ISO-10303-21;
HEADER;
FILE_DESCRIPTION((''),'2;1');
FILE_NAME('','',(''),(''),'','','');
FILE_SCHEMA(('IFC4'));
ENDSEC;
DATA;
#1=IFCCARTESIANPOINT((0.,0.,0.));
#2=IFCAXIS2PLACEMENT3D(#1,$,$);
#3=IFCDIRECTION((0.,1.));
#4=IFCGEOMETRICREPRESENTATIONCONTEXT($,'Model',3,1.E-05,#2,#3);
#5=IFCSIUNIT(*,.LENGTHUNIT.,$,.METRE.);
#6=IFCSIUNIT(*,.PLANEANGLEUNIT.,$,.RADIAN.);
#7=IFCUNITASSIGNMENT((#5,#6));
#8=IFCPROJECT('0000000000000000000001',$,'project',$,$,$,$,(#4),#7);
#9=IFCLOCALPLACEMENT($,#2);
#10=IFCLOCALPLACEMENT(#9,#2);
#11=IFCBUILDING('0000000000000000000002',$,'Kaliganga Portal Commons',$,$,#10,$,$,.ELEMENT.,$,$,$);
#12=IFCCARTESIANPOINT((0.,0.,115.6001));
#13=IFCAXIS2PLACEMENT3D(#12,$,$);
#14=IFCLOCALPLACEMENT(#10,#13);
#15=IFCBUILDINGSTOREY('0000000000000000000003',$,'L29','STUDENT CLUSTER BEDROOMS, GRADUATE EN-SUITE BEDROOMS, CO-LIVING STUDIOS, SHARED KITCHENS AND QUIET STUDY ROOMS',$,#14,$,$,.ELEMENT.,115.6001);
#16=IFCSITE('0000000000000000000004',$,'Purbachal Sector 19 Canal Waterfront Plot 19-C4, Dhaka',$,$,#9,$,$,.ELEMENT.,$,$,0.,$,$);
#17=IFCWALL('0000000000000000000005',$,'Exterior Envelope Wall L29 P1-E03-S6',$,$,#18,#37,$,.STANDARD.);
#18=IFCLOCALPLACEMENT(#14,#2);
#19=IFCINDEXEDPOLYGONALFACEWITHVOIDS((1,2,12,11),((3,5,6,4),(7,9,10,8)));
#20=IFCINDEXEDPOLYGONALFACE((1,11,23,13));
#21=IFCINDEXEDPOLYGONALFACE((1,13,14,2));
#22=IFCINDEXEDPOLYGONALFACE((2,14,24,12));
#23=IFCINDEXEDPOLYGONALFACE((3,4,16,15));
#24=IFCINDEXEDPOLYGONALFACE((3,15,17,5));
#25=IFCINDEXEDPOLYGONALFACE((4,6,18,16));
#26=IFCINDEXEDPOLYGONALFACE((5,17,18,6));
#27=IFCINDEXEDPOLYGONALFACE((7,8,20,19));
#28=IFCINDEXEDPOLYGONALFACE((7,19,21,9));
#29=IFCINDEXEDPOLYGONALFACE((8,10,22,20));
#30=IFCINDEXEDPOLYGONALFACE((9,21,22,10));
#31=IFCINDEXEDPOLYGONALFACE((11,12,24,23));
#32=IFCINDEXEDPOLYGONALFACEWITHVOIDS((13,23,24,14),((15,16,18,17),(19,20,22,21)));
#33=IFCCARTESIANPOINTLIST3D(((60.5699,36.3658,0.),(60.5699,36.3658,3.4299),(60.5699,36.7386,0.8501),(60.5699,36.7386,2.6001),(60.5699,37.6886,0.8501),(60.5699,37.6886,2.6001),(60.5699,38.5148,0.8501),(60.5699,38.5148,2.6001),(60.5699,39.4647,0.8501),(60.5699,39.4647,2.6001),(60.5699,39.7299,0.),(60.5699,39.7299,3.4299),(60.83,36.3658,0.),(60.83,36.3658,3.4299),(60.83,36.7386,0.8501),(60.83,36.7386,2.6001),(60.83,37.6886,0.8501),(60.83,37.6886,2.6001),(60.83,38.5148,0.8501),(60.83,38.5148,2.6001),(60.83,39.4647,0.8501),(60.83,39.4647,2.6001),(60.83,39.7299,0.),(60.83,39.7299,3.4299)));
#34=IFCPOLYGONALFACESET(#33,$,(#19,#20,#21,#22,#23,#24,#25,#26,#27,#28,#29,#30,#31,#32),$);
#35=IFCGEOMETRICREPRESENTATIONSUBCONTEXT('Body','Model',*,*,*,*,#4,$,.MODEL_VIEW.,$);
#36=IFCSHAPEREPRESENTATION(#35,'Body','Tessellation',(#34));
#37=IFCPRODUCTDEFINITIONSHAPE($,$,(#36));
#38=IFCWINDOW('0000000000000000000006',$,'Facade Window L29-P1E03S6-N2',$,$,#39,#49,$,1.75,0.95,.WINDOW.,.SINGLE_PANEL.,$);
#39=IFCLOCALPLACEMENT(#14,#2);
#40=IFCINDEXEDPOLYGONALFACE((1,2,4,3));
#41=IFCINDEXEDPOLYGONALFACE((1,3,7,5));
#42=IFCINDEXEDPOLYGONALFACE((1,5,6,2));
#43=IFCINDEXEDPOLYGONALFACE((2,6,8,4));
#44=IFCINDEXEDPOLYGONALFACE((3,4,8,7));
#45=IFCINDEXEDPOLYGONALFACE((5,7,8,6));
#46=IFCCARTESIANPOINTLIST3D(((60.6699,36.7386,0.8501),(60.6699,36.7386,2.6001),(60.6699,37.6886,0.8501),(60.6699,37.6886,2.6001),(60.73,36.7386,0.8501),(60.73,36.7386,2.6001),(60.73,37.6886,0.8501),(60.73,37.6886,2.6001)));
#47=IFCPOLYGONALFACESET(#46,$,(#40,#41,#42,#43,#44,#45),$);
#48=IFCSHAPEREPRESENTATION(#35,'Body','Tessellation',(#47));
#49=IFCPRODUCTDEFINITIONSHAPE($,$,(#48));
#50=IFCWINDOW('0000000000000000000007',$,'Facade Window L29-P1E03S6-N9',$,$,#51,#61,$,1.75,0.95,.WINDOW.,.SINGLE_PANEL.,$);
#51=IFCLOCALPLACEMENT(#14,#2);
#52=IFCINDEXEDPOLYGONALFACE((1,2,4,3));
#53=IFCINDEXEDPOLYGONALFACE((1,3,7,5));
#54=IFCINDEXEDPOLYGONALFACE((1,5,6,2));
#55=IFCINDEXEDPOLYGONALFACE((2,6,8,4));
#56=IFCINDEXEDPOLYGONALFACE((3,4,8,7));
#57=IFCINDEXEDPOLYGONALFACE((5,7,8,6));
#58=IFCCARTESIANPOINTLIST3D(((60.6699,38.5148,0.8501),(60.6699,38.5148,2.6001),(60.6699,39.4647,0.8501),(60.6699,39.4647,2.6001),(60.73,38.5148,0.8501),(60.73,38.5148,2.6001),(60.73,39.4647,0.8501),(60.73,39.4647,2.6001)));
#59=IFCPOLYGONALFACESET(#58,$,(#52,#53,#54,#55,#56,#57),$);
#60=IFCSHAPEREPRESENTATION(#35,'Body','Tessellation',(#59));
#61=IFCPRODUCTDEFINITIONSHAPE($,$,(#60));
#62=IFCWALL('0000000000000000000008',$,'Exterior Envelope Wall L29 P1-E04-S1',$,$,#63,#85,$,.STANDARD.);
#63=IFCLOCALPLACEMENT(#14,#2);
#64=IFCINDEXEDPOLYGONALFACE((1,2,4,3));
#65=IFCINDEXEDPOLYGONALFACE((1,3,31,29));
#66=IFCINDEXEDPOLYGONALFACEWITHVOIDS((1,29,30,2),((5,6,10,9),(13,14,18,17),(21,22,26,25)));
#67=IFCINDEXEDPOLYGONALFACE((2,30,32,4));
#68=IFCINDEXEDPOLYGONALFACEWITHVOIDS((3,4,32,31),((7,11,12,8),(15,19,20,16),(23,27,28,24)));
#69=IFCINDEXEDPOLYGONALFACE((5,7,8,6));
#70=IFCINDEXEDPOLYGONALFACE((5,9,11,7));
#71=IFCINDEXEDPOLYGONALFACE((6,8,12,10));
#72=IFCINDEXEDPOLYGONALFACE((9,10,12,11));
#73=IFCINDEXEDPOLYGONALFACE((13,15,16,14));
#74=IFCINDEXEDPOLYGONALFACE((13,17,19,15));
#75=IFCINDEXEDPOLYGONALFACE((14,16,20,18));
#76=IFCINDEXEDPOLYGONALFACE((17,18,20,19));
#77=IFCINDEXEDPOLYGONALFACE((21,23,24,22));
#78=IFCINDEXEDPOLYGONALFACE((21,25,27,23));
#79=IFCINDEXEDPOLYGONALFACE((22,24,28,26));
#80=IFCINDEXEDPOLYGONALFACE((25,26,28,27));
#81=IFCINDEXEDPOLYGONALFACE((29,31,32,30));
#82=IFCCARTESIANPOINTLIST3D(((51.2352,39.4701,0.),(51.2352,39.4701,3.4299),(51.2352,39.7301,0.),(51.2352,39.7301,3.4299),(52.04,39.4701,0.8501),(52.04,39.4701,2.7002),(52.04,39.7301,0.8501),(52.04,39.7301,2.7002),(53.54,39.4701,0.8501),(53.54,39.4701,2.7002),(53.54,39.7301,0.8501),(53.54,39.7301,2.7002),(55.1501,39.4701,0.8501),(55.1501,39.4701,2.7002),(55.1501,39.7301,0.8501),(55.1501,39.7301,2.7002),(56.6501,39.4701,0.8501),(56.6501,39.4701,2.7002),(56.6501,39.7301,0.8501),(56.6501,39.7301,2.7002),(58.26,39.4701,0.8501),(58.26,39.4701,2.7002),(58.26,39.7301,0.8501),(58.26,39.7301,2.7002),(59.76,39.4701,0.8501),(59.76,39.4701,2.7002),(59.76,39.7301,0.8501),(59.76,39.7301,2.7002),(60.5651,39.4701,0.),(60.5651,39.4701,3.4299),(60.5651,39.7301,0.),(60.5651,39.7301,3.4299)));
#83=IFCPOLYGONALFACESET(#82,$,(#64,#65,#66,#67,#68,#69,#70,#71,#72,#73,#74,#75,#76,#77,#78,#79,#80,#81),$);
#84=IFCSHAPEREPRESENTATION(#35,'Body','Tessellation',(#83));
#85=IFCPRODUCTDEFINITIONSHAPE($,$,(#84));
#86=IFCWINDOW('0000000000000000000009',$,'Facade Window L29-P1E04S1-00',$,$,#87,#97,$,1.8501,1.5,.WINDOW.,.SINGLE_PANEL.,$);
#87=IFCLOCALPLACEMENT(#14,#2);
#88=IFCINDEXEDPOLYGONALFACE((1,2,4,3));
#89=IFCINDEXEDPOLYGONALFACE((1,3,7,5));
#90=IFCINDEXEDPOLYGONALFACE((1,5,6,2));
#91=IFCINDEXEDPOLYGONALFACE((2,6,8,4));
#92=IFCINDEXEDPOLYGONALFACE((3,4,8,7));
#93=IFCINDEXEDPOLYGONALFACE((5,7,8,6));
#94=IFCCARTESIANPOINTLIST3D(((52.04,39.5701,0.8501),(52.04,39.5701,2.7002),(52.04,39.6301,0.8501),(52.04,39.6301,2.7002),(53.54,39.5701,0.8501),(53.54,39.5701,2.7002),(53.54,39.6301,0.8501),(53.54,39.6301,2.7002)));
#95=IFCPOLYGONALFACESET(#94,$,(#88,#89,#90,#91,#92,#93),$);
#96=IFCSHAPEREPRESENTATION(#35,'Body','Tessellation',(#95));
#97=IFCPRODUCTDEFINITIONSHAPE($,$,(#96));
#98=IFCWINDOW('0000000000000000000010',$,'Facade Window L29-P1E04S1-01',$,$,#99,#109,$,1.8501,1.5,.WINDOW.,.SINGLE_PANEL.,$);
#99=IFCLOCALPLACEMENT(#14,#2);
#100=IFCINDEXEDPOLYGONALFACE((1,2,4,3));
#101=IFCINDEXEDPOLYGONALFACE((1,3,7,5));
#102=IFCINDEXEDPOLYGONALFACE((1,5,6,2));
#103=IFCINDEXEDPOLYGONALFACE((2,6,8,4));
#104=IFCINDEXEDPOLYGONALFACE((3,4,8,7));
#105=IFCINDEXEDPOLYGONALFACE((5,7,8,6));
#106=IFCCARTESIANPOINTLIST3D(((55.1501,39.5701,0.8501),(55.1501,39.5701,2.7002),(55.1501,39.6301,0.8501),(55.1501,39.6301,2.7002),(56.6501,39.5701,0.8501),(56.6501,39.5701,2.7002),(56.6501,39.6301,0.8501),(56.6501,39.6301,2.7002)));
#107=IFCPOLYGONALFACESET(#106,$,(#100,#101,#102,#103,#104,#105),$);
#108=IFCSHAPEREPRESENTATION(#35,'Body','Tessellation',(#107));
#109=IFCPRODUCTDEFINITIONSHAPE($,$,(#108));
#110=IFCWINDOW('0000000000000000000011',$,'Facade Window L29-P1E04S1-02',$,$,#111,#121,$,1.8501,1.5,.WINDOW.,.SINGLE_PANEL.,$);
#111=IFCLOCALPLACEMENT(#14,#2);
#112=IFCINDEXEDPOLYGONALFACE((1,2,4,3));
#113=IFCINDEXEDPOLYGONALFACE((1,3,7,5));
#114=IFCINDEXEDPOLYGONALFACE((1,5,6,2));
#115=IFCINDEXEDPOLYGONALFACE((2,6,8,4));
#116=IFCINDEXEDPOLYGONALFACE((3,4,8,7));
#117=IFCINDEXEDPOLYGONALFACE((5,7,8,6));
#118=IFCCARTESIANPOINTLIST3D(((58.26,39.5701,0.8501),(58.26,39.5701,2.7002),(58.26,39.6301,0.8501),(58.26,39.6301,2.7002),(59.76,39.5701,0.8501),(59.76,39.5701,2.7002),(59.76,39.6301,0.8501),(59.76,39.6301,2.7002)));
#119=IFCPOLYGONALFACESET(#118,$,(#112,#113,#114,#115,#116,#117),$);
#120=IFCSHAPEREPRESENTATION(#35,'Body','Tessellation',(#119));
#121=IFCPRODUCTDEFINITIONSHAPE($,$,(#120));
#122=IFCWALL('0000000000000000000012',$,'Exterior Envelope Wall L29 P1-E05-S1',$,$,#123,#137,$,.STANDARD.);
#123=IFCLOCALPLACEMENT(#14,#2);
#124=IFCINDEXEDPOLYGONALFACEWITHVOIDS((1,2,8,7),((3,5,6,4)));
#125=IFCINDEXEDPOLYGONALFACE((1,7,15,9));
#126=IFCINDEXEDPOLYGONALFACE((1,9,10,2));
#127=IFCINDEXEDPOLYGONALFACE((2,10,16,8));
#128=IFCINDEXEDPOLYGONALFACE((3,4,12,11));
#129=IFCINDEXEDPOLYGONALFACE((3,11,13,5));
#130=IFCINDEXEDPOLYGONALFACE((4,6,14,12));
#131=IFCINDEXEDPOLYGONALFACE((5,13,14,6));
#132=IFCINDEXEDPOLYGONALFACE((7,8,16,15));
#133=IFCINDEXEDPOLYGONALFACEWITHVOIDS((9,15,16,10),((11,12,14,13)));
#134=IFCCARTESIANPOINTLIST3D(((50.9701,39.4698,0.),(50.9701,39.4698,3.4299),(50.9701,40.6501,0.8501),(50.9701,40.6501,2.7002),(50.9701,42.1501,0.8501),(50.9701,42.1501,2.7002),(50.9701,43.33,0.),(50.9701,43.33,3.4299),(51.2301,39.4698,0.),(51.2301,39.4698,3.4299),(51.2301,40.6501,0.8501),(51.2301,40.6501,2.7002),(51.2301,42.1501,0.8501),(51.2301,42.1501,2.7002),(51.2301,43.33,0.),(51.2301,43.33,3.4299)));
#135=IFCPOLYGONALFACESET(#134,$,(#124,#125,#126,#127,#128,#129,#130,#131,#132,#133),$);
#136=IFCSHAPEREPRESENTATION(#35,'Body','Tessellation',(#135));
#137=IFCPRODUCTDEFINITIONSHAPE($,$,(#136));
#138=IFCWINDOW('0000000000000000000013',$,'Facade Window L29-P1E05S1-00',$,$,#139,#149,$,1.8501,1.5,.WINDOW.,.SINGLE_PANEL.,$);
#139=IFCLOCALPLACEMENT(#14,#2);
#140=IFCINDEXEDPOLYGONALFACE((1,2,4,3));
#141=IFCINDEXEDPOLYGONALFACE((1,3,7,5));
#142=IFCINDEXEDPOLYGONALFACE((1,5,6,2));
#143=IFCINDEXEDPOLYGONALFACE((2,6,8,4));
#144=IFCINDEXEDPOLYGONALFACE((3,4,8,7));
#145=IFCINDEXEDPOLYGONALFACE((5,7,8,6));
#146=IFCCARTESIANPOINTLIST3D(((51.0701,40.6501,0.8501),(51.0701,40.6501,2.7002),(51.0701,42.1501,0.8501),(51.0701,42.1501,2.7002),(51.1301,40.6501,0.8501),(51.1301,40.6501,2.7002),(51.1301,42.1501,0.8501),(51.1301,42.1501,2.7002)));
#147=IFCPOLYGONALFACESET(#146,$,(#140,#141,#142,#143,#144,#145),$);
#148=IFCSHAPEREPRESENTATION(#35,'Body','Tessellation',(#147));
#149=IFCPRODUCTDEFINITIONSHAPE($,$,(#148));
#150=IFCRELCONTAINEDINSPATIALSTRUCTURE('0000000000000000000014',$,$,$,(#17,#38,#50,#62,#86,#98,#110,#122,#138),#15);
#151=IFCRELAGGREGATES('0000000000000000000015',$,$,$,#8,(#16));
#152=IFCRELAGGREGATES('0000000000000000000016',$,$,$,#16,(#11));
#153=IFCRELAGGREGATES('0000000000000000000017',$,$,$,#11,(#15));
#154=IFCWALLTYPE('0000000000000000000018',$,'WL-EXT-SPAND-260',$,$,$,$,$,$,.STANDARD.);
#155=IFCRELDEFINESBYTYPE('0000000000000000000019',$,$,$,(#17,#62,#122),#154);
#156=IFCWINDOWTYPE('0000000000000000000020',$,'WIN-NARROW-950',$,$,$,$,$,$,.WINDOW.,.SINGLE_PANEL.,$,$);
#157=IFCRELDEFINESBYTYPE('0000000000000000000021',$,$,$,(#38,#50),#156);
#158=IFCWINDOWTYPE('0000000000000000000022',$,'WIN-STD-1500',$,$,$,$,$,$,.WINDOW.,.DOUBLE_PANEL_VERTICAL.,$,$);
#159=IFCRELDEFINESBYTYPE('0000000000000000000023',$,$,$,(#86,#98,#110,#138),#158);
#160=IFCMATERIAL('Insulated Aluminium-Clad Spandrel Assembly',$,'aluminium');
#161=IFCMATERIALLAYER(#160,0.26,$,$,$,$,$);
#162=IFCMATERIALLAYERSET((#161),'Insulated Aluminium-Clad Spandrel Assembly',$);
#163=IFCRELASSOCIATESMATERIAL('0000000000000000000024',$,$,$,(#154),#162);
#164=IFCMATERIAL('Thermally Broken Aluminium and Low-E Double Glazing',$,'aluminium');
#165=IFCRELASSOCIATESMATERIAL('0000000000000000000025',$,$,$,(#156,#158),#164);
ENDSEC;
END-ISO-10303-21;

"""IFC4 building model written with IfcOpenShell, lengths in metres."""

from ifc_helpers import new_model, si_unit, direction, frame, frame_2d, origin, place, context, subcontext, project, spatial, rectangle, extrude, material, layer, layer_set, type_object, element, fill, save


model = new_model("IFC4")

# Units and contexts
model_context = context("Model", 3, precision=1e-05, world=origin(), true_north=direction((0.0, 1.0)))
body_context = subcontext(model_context, "Body", "Model", "MODEL_VIEW")
ifc_project = project(units=[si_unit("LENGTHUNIT", "METRE"), si_unit("PLANEANGLEUNIT", "RADIAN")], contexts=[model_context])

# Site, building, storey
site_placement = place(None, origin())
site = spatial("IfcSite", under=ifc_project, at=site_placement, Name="Purbachal Sector 19 Canal Waterfront Plot 19-C4, Dhaka", CompositionType="ELEMENT", RefElevation=0.0)
building_placement = place(site_placement, origin())
building = spatial("IfcBuilding", under=site, at=building_placement, Name="Kaliganga Portal Commons", CompositionType="ELEMENT")
storey_placement = place(building_placement, frame((0.0, 0.0, 115.6001)))
storey = spatial("IfcBuildingStorey", under=building, at=storey_placement, Name="L29", Description="STUDENT CLUSTER BEDROOMS, GRADUATE EN-SUITE BEDROOMS, CO-LIVING STUDIOS, SHARED KITCHENS AND QUIET STUDY ROOMS", CompositionType="ELEMENT", Elevation=115.6001)

# Walls, openings, windows
ifc_material_1 = material(Name="Insulated Aluminium-Clad Spandrel Assembly", Category="aluminium")
ifc_layer_1 = layer(ifc_material_1, 0.26)
ifc_layer_set_1 = layer_set([ifc_layer_1], Name="Insulated Aluminium-Clad Spandrel Assembly")
wall_type_1 = type_object("IfcWallType", Name="WL-EXT-SPAND-260", PredefinedType="STANDARD", material=ifc_layer_set_1)
wall_1_placement = place(storey_placement, frame((60.7, 39.73, 0.0), z_axis=(0.0, 0.0, 1.0), x_axis=(0.0, -1.0, 0.0)))
wall_1 = element("IfcWall", 1, at=wall_1_placement, inside=storey, type_object=wall_type_1, Name="Exterior Envelope Wall L29 P1-E03-S6", PredefinedType="STANDARD", context=body_context, shape_type="SweptSolid", body=[
    extrude(rectangle(XDim=3.364, YDim=0.26, at=frame_2d((1.6821, 0.0))), origin(), (0.0, 0.0, 1.0), 3.4299),
])
opening_1_placement = place(wall_1_placement, frame((2.0413, 0.0, 0.8501)))
opening_1 = element("IfcOpeningElement", 2, at=opening_1_placement, cuts=wall_1, PredefinedType="OPENING", context=body_context, shape_type="SweptSolid", body=[
    extrude(rectangle(XDim=0.95, YDim=1.75, at=frame_2d((0.4751, 0.875))), frame((0.0, 0.1401, 0.0), z_axis=(0.0, -1.0, 0.0), x_axis=(1.0, 0.0, 0.0)), (0.0, 0.0, 1.0), 0.28),
])
opening_2_placement = place(wall_1_placement, frame((0.2651, 0.0, 0.8501)))
opening_2 = element("IfcOpeningElement", 3, at=opening_2_placement, cuts=wall_1, PredefinedType="OPENING", context=body_context, shape_type="SweptSolid", body=[
    extrude(rectangle(XDim=0.95, YDim=1.75, at=frame_2d((0.4751, 0.875))), frame((0.0, 0.1401, 0.0), z_axis=(0.0, -1.0, 0.0), x_axis=(1.0, 0.0, 0.0)), (0.0, 0.0, 1.0), 0.28),
])
ifc_material_2 = material(Name="Thermally Broken Aluminium and Low-E Double Glazing", Category="aluminium")
window_type_1 = type_object("IfcWindowType", Name="WIN-NARROW-950", PartitioningType="SINGLE_PANEL", PredefinedType="WINDOW", material=ifc_material_2)
window_1_placement = place(opening_1_placement, origin())
window_1 = element("IfcWindow", 4, at=window_1_placement, inside=storey, type_object=window_type_1, Name="Facade Window L29-P1E03S6-N2", OverallHeight=1.75, OverallWidth=0.95, PartitioningType="SINGLE_PANEL", PredefinedType="WINDOW", context=body_context, shape_type="SweptSolid", body=[
    extrude(rectangle(XDim=0.95, YDim=1.75, at=frame_2d((0.4751, 0.875))), frame((0.0, 0.03, 0.0), z_axis=(0.0, -1.0, 0.0), x_axis=(1.0, 0.0, 0.0)), (0.0, 0.0, 1.0), 0.0601),
])
fill(opening_1, window_1)
window_2_placement = place(opening_2_placement, origin())
window_2 = element("IfcWindow", 5, at=window_2_placement, inside=storey, type_object=window_type_1, Name="Facade Window L29-P1E03S6-N9", OverallHeight=1.75, OverallWidth=0.95, PartitioningType="SINGLE_PANEL", PredefinedType="WINDOW", context=body_context, shape_type="SweptSolid", body=[
    extrude(rectangle(XDim=0.95, YDim=1.75, at=frame_2d((0.4751, 0.875))), frame((0.0, 0.03, 0.0), z_axis=(0.0, -1.0, 0.0), x_axis=(1.0, 0.0, 0.0)), (0.0, 0.0, 1.0), 0.0601),
])
fill(opening_2, window_2)
wall_2_placement = place(storey_placement, frame((51.2351, 39.6001, 0.0), z_axis=(0.0, 0.0, 1.0), x_axis=(1.0, 0.0, 0.0)))
wall_2 = element("IfcWall", 6, at=wall_2_placement, inside=storey, type_object=wall_type_1, Name="Exterior Envelope Wall L29 P1-E04-S1", PredefinedType="STANDARD", context=body_context, shape_type="SweptSolid", body=[
    extrude(rectangle(XDim=9.3298, YDim=0.26, at=frame_2d((4.665, 0.0))), origin(), (0.0, 0.0, 1.0), 3.4299),
])
opening_3_placement = place(wall_2_placement, frame((0.8049, 0.0, 0.8501)))
opening_3 = element("IfcOpeningElement", 7, at=opening_3_placement, cuts=wall_2, PredefinedType="OPENING", context=body_context, shape_type="SweptSolid", body=[
    extrude(rectangle(XDim=1.5, YDim=1.8501, at=frame_2d((0.75, 0.925))), frame((0.0, 0.1401, 0.0), z_axis=(0.0, -1.0, 0.0), x_axis=(1.0, 0.0, 0.0)), (0.0, 0.0, 1.0), 0.28),
])
opening_4_placement = place(wall_2_placement, frame((3.915, 0.0, 0.8501)))
opening_4 = element("IfcOpeningElement", 8, at=opening_4_placement, cuts=wall_2, PredefinedType="OPENING", context=body_context, shape_type="SweptSolid", body=[
    extrude(rectangle(XDim=1.5, YDim=1.8501, at=frame_2d((0.75, 0.925))), frame((0.0, 0.1401, 0.0), z_axis=(0.0, -1.0, 0.0), x_axis=(1.0, 0.0, 0.0)), (0.0, 0.0, 1.0), 0.28),
])
opening_5_placement = place(wall_2_placement, frame((7.0249, 0.0, 0.8501)))
opening_5 = element("IfcOpeningElement", 9, at=opening_5_placement, cuts=wall_2, PredefinedType="OPENING", context=body_context, shape_type="SweptSolid", body=[
    extrude(rectangle(XDim=1.5, YDim=1.8501, at=frame_2d((0.75, 0.925))), frame((0.0, 0.1401, 0.0), z_axis=(0.0, -1.0, 0.0), x_axis=(1.0, 0.0, 0.0)), (0.0, 0.0, 1.0), 0.28),
])
window_type_2 = type_object("IfcWindowType", Name="WIN-STD-1500", PartitioningType="DOUBLE_PANEL_VERTICAL", PredefinedType="WINDOW", material=ifc_material_2)
window_3_placement = place(opening_3_placement, origin())
window_3 = element("IfcWindow", 10, at=window_3_placement, inside=storey, type_object=window_type_2, Name="Facade Window L29-P1E04S1-00", OverallHeight=1.8501, OverallWidth=1.5, PartitioningType="SINGLE_PANEL", PredefinedType="WINDOW", context=body_context, shape_type="SweptSolid", body=[
    extrude(rectangle(XDim=1.5, YDim=1.8501, at=frame_2d((0.75, 0.925))), frame((0.0, 0.03, 0.0), z_axis=(0.0, -1.0, 0.0), x_axis=(1.0, 0.0, 0.0)), (0.0, 0.0, 1.0), 0.0601),
])
fill(opening_3, window_3)
window_4_placement = place(opening_4_placement, origin())
window_4 = element("IfcWindow", 11, at=window_4_placement, inside=storey, type_object=window_type_2, Name="Facade Window L29-P1E04S1-01", OverallHeight=1.8501, OverallWidth=1.5, PartitioningType="SINGLE_PANEL", PredefinedType="WINDOW", context=body_context, shape_type="SweptSolid", body=[
    extrude(rectangle(XDim=1.5, YDim=1.8501, at=frame_2d((0.75, 0.925))), frame((0.0, 0.03, 0.0), z_axis=(0.0, -1.0, 0.0), x_axis=(1.0, 0.0, 0.0)), (0.0, 0.0, 1.0), 0.0601),
])
fill(opening_4, window_4)
window_5_placement = place(opening_5_placement, origin())
window_5 = element("IfcWindow", 12, at=window_5_placement, inside=storey, type_object=window_type_2, Name="Facade Window L29-P1E04S1-02", OverallHeight=1.8501, OverallWidth=1.5, PartitioningType="SINGLE_PANEL", PredefinedType="WINDOW", context=body_context, shape_type="SweptSolid", body=[
    extrude(rectangle(XDim=1.5, YDim=1.8501, at=frame_2d((0.75, 0.925))), frame((0.0, 0.03, 0.0), z_axis=(0.0, -1.0, 0.0), x_axis=(1.0, 0.0, 0.0)), (0.0, 0.0, 1.0), 0.0601),
])
fill(opening_5, window_5)

# Wall, opening, window
wall_3_placement = place(storey_placement, frame((51.1001, 43.3301, 0.0), z_axis=(0.0, 0.0, 1.0), x_axis=(0.0, -1.0, 0.0)))
wall_3 = element("IfcWall", 13, at=wall_3_placement, inside=storey, type_object=wall_type_1, Name="Exterior Envelope Wall L29 P1-E05-S1", PredefinedType="STANDARD", context=body_context, shape_type="SweptSolid", body=[
    extrude(rectangle(XDim=3.8601, YDim=0.26, at=frame_2d((1.9302, 0.0))), origin(), (0.0, 0.0, 1.0), 3.4299),
])
opening_6_placement = place(wall_3_placement, frame((1.1799, 0.0, 0.8501)))
opening_6 = element("IfcOpeningElement", 14, at=opening_6_placement, cuts=wall_3, PredefinedType="OPENING", context=body_context, shape_type="SweptSolid", body=[
    extrude(rectangle(XDim=1.5, YDim=1.8501, at=frame_2d((0.75, 0.925))), frame((0.0, 0.1401, 0.0), z_axis=(0.0, -1.0, 0.0), x_axis=(1.0, 0.0, 0.0)), (0.0, 0.0, 1.0), 0.28),
])
window_6_placement = place(opening_6_placement, origin())
window_6 = element("IfcWindow", 15, at=window_6_placement, inside=storey, type_object=window_type_2, Name="Facade Window L29-P1E05S1-00", OverallHeight=1.8501, OverallWidth=1.5, PartitioningType="SINGLE_PANEL", PredefinedType="WINDOW", context=body_context, shape_type="SweptSolid", body=[
    extrude(rectangle(XDim=1.5, YDim=1.8501, at=frame_2d((0.75, 0.925))), frame((0.0, 0.03, 0.0), z_axis=(0.0, -1.0, 0.0), x_axis=(1.0, 0.0, 0.0)), (0.0, 0.0, 1.0), 0.0601),
])
fill(opening_6, window_6)

save(model, "model.ifc")
